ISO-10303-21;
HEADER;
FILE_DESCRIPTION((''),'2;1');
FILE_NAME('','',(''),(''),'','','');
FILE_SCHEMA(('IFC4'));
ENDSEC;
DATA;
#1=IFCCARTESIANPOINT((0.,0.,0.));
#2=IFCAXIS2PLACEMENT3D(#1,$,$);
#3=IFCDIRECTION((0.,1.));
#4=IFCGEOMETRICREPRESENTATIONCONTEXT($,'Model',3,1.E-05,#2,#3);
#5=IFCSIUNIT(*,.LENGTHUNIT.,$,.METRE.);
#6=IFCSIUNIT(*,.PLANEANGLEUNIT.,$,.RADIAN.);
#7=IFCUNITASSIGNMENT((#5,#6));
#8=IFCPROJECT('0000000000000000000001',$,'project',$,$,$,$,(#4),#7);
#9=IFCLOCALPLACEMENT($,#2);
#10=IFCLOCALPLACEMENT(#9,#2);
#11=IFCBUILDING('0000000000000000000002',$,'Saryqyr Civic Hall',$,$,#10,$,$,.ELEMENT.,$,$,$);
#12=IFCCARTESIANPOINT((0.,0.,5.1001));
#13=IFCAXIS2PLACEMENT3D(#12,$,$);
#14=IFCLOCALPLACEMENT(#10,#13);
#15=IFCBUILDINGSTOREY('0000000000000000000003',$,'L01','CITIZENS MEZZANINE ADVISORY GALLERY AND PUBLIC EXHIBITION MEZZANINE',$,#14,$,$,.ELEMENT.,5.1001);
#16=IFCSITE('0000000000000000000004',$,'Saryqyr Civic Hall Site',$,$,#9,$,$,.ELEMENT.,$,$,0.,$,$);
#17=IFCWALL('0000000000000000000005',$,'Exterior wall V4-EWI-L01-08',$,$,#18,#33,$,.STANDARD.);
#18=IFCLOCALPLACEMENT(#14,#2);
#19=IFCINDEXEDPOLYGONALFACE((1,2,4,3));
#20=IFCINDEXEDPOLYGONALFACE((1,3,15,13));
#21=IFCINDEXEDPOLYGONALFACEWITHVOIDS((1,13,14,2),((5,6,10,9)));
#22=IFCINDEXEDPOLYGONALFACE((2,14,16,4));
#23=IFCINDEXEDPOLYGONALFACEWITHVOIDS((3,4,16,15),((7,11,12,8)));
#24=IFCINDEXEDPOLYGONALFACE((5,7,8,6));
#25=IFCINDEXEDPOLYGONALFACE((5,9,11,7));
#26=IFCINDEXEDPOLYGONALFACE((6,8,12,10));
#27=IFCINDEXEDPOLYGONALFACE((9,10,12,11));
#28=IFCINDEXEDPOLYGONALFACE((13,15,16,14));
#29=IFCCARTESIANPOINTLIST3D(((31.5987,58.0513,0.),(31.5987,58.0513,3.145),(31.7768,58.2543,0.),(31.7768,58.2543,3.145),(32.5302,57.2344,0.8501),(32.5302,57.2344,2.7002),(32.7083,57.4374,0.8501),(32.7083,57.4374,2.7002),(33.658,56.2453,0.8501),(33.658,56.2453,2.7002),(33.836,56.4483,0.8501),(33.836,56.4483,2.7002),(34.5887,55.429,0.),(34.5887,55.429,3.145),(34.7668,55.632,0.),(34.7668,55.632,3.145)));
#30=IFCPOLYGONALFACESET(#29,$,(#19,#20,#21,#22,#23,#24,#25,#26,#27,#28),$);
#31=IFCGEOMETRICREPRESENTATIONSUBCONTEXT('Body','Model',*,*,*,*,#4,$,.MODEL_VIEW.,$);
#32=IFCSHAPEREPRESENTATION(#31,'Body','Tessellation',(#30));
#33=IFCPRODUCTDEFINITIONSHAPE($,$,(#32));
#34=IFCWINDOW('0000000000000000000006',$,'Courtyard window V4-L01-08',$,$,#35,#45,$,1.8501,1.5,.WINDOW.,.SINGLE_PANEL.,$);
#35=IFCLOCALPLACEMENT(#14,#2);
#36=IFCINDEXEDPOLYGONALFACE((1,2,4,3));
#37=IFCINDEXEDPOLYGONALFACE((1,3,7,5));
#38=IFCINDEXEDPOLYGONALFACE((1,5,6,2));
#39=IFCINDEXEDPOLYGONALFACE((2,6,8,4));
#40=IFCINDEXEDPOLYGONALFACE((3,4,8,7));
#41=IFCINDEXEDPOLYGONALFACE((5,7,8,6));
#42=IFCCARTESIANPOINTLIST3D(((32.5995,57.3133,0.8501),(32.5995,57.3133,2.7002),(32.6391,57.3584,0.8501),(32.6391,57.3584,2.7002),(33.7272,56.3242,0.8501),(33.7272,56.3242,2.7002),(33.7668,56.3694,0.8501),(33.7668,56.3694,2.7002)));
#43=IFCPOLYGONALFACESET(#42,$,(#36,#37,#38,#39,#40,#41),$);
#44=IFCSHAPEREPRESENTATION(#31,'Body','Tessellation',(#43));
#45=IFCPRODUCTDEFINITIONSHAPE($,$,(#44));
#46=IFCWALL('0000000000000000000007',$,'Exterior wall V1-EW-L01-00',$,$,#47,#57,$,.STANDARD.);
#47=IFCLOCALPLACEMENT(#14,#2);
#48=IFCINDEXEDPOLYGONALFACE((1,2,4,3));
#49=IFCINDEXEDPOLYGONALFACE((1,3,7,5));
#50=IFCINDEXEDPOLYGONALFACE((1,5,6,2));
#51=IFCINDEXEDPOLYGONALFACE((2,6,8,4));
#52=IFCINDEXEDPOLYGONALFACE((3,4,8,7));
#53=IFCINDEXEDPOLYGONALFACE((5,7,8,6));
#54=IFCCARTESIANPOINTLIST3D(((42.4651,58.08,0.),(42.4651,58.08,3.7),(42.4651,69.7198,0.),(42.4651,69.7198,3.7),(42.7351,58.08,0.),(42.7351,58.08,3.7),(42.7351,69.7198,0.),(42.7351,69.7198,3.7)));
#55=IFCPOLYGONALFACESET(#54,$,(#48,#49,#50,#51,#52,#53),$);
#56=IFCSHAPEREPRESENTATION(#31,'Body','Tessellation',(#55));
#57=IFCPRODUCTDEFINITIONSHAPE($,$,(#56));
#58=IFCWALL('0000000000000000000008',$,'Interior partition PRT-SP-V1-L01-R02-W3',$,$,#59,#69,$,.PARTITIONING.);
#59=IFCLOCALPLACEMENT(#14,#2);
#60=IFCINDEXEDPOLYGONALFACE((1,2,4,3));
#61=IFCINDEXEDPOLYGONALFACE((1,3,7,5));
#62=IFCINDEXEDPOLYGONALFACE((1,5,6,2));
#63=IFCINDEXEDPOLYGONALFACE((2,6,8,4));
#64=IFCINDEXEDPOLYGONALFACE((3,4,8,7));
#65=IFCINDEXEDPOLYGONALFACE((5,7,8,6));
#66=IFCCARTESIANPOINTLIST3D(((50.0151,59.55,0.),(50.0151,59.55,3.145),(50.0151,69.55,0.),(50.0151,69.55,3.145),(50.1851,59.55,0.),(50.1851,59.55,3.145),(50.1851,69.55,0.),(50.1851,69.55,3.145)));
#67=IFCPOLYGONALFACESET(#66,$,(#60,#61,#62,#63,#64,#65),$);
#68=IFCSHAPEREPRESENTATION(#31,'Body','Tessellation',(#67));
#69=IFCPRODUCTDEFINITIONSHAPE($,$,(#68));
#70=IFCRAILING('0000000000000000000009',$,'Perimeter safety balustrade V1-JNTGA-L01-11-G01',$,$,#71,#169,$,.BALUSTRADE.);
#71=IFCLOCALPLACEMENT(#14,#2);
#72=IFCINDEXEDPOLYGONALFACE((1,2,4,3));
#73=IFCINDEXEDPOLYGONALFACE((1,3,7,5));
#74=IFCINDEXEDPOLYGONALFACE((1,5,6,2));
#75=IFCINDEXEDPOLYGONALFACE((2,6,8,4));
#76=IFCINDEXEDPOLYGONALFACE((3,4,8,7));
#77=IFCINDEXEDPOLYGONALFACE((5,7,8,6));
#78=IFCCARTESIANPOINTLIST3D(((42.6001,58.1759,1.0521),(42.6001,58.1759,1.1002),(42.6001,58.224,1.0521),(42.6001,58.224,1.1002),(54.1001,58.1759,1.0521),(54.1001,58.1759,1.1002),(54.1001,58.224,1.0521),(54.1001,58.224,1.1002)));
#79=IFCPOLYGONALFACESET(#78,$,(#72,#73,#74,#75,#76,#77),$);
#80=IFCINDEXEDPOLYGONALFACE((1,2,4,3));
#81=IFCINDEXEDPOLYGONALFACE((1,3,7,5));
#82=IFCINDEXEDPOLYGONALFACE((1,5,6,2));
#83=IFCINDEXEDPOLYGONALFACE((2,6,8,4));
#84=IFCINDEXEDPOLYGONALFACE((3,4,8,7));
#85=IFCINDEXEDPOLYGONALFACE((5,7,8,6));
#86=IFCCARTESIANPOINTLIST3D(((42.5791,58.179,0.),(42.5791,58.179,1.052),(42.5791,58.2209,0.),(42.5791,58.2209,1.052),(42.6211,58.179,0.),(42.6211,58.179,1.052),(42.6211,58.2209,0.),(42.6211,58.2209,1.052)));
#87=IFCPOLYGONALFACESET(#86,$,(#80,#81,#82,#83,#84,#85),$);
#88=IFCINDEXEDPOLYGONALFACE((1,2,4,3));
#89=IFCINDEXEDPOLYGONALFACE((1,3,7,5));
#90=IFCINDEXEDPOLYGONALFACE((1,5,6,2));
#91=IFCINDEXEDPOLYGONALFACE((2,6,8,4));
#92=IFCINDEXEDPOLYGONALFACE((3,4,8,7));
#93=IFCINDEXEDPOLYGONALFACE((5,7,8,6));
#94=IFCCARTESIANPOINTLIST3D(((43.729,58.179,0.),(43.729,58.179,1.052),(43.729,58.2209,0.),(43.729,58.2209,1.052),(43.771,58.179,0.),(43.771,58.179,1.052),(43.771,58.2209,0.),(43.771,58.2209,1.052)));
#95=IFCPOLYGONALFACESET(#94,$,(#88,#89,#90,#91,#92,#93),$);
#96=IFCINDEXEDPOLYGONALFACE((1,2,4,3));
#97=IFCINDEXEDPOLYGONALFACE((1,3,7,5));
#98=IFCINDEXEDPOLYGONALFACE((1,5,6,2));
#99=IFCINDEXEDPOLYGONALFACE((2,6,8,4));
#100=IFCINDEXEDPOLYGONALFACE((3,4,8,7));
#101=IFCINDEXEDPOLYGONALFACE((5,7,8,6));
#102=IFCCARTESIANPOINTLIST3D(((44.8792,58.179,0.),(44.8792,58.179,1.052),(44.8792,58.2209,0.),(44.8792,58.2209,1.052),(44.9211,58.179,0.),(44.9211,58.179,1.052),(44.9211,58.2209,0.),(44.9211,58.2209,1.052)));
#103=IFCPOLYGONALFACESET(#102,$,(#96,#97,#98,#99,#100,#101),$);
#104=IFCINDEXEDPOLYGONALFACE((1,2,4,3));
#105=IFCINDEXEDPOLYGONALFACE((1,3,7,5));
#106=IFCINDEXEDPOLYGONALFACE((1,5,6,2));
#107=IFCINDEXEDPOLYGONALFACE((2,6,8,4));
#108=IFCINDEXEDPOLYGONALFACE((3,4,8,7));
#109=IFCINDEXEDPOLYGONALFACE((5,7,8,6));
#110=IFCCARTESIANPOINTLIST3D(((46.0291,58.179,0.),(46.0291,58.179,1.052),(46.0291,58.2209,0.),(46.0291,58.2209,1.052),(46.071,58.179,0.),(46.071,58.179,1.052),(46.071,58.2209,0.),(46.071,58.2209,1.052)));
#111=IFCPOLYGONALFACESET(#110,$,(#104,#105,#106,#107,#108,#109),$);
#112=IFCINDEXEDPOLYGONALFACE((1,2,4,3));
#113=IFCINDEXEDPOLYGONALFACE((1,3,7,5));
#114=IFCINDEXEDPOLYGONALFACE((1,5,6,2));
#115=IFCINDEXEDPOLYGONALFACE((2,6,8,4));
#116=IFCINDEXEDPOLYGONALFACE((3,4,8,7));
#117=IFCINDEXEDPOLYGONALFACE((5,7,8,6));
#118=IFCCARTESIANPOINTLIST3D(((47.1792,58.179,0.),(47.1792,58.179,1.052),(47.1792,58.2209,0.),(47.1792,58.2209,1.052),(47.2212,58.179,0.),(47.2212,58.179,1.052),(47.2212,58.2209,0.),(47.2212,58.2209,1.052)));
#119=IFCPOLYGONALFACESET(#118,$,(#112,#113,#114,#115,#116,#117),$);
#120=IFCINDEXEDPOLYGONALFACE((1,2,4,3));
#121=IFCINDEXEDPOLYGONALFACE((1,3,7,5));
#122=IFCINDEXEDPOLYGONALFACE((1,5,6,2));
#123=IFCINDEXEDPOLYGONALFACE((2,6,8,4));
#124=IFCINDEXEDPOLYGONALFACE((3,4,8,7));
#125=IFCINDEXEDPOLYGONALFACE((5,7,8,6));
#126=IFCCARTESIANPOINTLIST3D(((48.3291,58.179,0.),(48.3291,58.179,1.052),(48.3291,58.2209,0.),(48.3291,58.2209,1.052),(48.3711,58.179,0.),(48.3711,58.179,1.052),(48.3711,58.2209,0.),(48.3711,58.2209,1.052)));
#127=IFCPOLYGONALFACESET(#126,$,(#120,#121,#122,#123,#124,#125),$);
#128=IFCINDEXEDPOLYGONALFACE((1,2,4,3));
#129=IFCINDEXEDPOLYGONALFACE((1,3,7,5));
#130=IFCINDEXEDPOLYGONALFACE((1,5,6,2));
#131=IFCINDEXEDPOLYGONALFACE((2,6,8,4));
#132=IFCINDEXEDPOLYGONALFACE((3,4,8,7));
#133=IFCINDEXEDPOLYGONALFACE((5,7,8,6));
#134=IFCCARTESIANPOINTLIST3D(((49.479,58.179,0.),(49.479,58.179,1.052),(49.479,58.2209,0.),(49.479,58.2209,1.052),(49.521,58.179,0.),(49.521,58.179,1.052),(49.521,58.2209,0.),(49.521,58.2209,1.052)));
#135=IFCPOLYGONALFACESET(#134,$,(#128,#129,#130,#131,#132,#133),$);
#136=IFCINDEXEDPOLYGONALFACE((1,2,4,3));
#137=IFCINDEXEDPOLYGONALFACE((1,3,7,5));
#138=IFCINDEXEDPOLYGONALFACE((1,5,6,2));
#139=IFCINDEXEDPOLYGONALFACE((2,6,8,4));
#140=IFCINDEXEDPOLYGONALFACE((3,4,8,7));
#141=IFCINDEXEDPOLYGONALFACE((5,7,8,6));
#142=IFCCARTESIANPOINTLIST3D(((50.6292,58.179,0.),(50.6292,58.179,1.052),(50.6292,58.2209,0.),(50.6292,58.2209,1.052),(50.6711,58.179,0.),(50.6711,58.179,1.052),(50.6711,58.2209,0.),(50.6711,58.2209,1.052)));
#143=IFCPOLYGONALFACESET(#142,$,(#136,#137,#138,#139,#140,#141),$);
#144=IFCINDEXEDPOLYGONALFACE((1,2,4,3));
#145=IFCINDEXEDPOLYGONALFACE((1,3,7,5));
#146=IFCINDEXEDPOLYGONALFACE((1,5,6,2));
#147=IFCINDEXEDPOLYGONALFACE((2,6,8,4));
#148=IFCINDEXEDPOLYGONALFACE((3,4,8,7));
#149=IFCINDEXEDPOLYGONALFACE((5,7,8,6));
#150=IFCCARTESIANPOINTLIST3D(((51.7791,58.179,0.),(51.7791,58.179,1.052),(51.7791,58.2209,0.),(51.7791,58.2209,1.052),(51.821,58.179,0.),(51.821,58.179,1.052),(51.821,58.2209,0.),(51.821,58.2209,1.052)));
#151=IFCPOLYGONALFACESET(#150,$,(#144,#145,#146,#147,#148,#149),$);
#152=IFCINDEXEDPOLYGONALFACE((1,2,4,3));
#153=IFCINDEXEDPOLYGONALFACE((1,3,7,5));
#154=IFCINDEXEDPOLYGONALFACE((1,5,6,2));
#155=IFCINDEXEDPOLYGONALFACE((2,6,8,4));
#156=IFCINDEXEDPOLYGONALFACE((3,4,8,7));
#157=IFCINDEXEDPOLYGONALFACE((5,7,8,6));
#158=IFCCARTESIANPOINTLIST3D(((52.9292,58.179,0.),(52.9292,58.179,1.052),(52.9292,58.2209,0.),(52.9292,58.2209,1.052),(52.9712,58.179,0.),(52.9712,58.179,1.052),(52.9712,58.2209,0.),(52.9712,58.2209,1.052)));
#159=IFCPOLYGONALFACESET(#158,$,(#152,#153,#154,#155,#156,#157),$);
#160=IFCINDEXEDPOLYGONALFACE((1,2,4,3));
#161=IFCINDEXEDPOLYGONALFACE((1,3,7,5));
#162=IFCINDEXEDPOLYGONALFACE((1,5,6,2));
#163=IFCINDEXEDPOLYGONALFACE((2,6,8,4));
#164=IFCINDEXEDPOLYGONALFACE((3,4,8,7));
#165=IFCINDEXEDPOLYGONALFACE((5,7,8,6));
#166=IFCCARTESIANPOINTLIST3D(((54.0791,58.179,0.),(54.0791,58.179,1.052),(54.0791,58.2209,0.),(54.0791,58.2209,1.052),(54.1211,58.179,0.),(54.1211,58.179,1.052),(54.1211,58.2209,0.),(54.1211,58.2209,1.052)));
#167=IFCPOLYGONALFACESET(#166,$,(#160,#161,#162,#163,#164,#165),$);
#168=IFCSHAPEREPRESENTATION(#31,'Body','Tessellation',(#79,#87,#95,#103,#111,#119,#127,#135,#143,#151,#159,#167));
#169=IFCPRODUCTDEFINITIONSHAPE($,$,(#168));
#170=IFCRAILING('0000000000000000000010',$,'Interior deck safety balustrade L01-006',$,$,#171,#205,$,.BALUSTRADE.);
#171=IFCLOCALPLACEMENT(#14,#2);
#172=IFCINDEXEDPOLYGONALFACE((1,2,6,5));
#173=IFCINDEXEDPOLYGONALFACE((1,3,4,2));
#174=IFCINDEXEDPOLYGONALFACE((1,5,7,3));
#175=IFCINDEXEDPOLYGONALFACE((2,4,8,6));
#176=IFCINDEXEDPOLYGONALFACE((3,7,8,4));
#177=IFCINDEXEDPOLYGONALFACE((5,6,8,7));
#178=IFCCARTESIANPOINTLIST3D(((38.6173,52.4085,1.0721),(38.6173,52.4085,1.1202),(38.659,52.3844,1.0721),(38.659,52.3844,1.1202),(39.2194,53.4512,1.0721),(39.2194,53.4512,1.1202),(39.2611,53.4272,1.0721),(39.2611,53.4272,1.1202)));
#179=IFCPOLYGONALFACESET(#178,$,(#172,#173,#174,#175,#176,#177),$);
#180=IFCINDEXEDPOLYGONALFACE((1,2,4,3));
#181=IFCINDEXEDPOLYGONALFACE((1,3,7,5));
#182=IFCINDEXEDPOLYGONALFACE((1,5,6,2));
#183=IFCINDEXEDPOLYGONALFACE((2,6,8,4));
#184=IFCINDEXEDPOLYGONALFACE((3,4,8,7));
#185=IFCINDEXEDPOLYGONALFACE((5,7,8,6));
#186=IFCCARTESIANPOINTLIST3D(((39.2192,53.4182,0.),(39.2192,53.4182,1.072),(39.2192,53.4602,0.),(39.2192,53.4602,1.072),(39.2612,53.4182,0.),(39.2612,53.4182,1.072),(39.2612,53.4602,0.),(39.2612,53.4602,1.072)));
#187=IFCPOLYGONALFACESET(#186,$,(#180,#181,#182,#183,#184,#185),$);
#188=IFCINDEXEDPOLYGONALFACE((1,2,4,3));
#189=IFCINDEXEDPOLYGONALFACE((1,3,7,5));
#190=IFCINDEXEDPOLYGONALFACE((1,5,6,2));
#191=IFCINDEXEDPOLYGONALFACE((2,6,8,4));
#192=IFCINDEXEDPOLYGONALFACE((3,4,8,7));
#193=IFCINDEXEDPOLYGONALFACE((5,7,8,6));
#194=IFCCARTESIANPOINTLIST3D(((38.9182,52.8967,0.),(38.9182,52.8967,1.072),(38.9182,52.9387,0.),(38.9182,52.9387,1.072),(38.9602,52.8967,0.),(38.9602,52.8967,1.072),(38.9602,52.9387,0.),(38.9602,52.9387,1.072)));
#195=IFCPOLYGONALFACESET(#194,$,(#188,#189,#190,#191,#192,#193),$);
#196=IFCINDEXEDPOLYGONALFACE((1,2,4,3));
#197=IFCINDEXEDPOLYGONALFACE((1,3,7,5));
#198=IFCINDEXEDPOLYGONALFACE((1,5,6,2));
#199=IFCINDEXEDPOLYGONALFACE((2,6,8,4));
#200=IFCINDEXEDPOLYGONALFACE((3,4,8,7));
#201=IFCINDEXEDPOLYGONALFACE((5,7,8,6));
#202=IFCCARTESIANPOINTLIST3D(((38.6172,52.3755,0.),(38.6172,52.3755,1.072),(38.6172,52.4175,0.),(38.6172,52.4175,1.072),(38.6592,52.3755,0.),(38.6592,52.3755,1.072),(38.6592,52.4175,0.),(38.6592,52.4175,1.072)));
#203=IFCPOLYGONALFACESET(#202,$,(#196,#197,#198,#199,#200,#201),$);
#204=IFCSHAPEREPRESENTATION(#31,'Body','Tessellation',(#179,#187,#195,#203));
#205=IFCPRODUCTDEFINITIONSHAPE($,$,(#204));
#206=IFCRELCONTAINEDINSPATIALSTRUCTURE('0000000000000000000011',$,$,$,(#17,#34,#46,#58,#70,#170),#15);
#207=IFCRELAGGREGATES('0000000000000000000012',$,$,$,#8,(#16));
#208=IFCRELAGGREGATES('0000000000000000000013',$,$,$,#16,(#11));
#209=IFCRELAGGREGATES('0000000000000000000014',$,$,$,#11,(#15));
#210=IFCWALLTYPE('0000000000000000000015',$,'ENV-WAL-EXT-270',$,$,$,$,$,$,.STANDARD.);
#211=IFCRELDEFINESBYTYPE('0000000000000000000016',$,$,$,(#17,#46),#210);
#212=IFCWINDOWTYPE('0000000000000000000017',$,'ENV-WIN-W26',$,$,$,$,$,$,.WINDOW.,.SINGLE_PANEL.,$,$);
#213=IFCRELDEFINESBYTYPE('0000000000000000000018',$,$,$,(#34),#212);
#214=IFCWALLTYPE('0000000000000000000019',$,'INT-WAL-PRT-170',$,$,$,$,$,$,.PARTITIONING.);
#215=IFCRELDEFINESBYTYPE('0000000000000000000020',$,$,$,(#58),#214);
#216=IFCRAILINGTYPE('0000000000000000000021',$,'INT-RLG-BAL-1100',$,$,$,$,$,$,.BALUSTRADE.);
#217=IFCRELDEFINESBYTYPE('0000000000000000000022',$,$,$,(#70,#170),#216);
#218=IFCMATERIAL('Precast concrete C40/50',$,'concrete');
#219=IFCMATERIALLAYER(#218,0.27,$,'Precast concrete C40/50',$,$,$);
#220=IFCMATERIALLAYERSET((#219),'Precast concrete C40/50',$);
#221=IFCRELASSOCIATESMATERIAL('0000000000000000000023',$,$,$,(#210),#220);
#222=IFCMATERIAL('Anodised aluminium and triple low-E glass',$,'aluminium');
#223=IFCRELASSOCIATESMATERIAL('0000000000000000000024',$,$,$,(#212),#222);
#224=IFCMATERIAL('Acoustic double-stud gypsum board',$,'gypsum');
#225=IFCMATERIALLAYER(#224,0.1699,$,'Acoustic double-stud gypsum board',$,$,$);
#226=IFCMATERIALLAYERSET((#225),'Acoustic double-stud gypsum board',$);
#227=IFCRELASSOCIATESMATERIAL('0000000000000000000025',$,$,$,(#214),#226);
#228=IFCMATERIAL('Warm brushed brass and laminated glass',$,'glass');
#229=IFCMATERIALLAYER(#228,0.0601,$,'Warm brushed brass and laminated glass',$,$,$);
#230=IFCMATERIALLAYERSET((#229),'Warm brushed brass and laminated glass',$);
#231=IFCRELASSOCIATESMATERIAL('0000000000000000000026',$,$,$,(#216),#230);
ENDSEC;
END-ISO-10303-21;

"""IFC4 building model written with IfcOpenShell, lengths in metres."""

from ifc_helpers import new_model, si_unit, direction, frame, frame_2d, origin, origin_2d, place, context, subcontext, project, spatial, rectangle, extrude, material, layer, layer_set, type_object, element, fill, save


model = new_model("IFC4")

# Units and contexts
model_context = context("Model", 3, precision=1e-05, world=origin(), true_north=direction((0.0, 1.0)))
body_context = subcontext(model_context, "Body", "Model", "MODEL_VIEW")
ifc_project = project(units=[si_unit("LENGTHUNIT", "METRE"), si_unit("PLANEANGLEUNIT", "RADIAN")], contexts=[model_context])

# Site, building, storey
site_placement = place(None, origin())
site = spatial("IfcSite", under=ifc_project, at=site_placement, Name="Saryqyr Civic Hall Site", CompositionType="ELEMENT", RefElevation=0.0)
building_placement = place(site_placement, origin())
building = spatial("IfcBuilding", under=site, at=building_placement, Name="Saryqyr Civic Hall", CompositionType="ELEMENT")
storey_placement = place(building_placement, frame((0.0, 0.0, 5.1001)))
storey = spatial("IfcBuildingStorey", under=building, at=storey_placement, Name="L01", Description="CITIZENS MEZZANINE ADVISORY GALLERY AND PUBLIC EXHIBITION MEZZANINE", CompositionType="ELEMENT", Elevation=5.1001)

# Shared definitions
ifc_material_1 = material(Name="Anodised aluminium and triple low-E glass", Category="aluminium")

# Wall, opening, window
ifc_material_2 = material(Name="Precast concrete C40/50", Category="concrete")
ifc_layer_1 = layer(ifc_material_2, 0.27, Name="Precast concrete C40/50")
ifc_layer_set_1 = layer_set([ifc_layer_1], Name="Precast concrete C40/50")
wall_type_1 = type_object("IfcWallType", Name="ENV-WAL-EXT-270", PredefinedType="STANDARD", material=ifc_layer_set_1)
wall_1_placement = place(storey_placement, frame((31.6877, 58.1528, 0.0), z_axis=(0.0, 0.0, 1.0), x_axis=(0.751819, -0.659369, 0.0)))
wall_1 = element("IfcWall", 1, at=wall_1_placement, inside=storey, type_object=wall_type_1, Name="Exterior wall V4-EWI-L01-08", PredefinedType="STANDARD", context=body_context, shape_type="SweptSolid", body=[
    extrude(rectangle(XDim=3.9771, YDim=0.27, at=frame_2d((1.9885, 0.0))), origin(), (0.0, 0.0, 1.0), 3.145),
])
opening_placement = place(wall_1_placement, frame((1.239, 0.0, 0.8501)))
opening = element("IfcOpeningElement", 2, at=opening_placement, cuts=wall_1, PredefinedType="OPENING", context=body_context, shape_type="SweptSolid", body=[
    extrude(rectangle(XDim=1.5, YDim=1.8501, at=frame_2d((0.75, 0.925))), frame((0.0, 0.145, 0.0), z_axis=(0.0, -1.0, 0.0), x_axis=(1.0, 0.0, 0.0)), (0.0, 0.0, 1.0), 0.29),
])
window_type = type_object("IfcWindowType", Name="ENV-WIN-W26", PartitioningType="SINGLE_PANEL", PredefinedType="WINDOW", material=ifc_material_1)
window_placement = place(opening_placement, origin())
window = element("IfcWindow", 3, at=window_placement, inside=storey, type_object=window_type, Name="Courtyard window V4-L01-08", OverallHeight=1.8501, OverallWidth=1.5, PartitioningType="SINGLE_PANEL", PredefinedType="WINDOW", context=body_context, shape_type="SweptSolid", body=[
    extrude(rectangle(XDim=1.5, YDim=1.8501, at=frame_2d((0.75, 0.925))), frame((0.0, 0.03, 0.0), z_axis=(0.0, -1.0, 0.0), x_axis=(1.0, 0.0, 0.0)), (0.0, 0.0, 1.0), 0.0601),
])
fill(opening, window)

# Walls
wall_2_placement = place(storey_placement, frame((42.6001, 58.0801, 0.0), z_axis=(0.0, 0.0, 1.0), x_axis=(0.0, 1.0, 0.0)))
element("IfcWall", 4, at=wall_2_placement, inside=storey, type_object=wall_type_1, Name="Exterior wall V1-EW-L01-00", PredefinedType="STANDARD", context=body_context, shape_type="SweptSolid", body=[
    extrude(rectangle(XDim=11.6399, YDim=0.27, at=frame_2d((5.8198, 0.0))), origin(), (0.0, 0.0, 1.0), 3.7),
])
ifc_material_3 = material(Name="Acoustic double-stud gypsum board", Category="gypsum")
ifc_layer_2 = layer(ifc_material_3, 0.1699, Name="Acoustic double-stud gypsum board")
ifc_layer_set_2 = layer_set([ifc_layer_2], Name="Acoustic double-stud gypsum board")
wall_type_2 = type_object("IfcWallType", Name="INT-WAL-PRT-170", PredefinedType="PARTITIONING", material=ifc_layer_set_2)
wall_3_placement = place(storey_placement, frame((50.1001, 59.55, 0.0), z_axis=(0.0, 0.0, 1.0), x_axis=(0.0, 1.0, 0.0)))
element("IfcWall", 5, at=wall_3_placement, inside=storey, type_object=wall_type_2, Name="Interior partition PRT-SP-V1-L01-R02-W3", PredefinedType="PARTITIONING", context=body_context, shape_type="SweptSolid", body=[
    extrude(rectangle(XDim=10.0, YDim=0.1699, at=frame_2d((5.0, 0.0))), origin(), (0.0, 0.0, 1.0), 3.145),
])

# Railings
ifc_material_4 = material(Name="Warm brushed brass and laminated glass", Category="glass")
ifc_layer_3 = layer(ifc_material_4, 0.0601, Name="Warm brushed brass and laminated glass")
ifc_layer_set_3 = layer_set([ifc_layer_3], Name="Warm brushed brass and laminated glass")
railing_type = type_object("IfcRailingType", Name="INT-RLG-BAL-1100", PredefinedType="BALUSTRADE", material=ifc_layer_set_3)
railing_1_placement = place(storey_placement, frame((42.6001, 58.2, 0.0)))
element("IfcRailing", 6, at=railing_1_placement, inside=storey, type_object=railing_type, Name="Perimeter safety balustrade V1-JNTGA-L01-11-G01", PredefinedType="BALUSTRADE", context=body_context, shape_type="SweptSolid", body=[
    extrude(rectangle(XDim=0.0481, YDim=0.0481, at=origin_2d()), frame((0.0, 0.0, 1.0762), z_axis=(1.0, 0.0, 0.0), x_axis=(0.0, 1.0, 0.0)), (0.0, 0.0, 1.0), 11.5),
    extrude(rectangle(XDim=0.042, YDim=0.042, at=origin_2d()), origin(), (0.0, 0.0, 1.0), 1.052),
    extrude(rectangle(XDim=0.042, YDim=0.042, at=origin_2d()), frame((1.1499, 0.0, 0.0)), (0.0, 0.0, 1.0), 1.052),
    extrude(rectangle(XDim=0.042, YDim=0.042, at=origin_2d()), frame((2.3, 0.0, 0.0)), (0.0, 0.0, 1.0), 1.052),
    extrude(rectangle(XDim=0.042, YDim=0.042, at=origin_2d()), frame((3.45, 0.0, 0.0)), (0.0, 0.0, 1.0), 1.052),
    extrude(rectangle(XDim=0.042, YDim=0.042, at=origin_2d()), frame((4.6001, 0.0, 0.0)), (0.0, 0.0, 1.0), 1.052),
    extrude(rectangle(XDim=0.042, YDim=0.042, at=origin_2d()), frame((5.75, 0.0, 0.0)), (0.0, 0.0, 1.0), 1.052),
    extrude(rectangle(XDim=0.042, YDim=0.042, at=origin_2d()), frame((6.8999, 0.0, 0.0)), (0.0, 0.0, 1.0), 1.052),
    extrude(rectangle(XDim=0.042, YDim=0.042, at=origin_2d()), frame((8.05, 0.0, 0.0)), (0.0, 0.0, 1.0), 1.052),
    extrude(rectangle(XDim=0.042, YDim=0.042, at=origin_2d()), frame((9.2, 0.0, 0.0)), (0.0, 0.0, 1.0), 1.052),
    extrude(rectangle(XDim=0.042, YDim=0.042, at=origin_2d()), frame((10.3501, 0.0, 0.0)), (0.0, 0.0, 1.0), 1.052),
    extrude(rectangle(XDim=0.042, YDim=0.042, at=origin_2d()), frame((11.5, 0.0, 0.0)), (0.0, 0.0, 1.0), 1.052),
])
railing_2_placement = place(storey_placement, frame((39.2402, 53.4392, 0.0)))
element("IfcRailing", 7, at=railing_2_placement, inside=storey, type_object=railing_type, Name="Interior deck safety balustrade L01-006", PredefinedType="BALUSTRADE", context=body_context, shape_type="SweptSolid", body=[
    extrude(rectangle(XDim=0.0481, YDim=0.0481, at=origin_2d()), frame((0.0, 0.0, 1.0962), z_axis=(-0.500021, -0.866013, 0.0), x_axis=(0.866013, -0.500021, 0.0)), (0.0, 0.0, 1.0), 1.2041),
    extrude(rectangle(XDim=0.042, YDim=0.042, at=origin_2d()), origin(), (0.0, 0.0, 1.0), 1.072),
    extrude(rectangle(XDim=0.042, YDim=0.042, at=origin_2d()), frame((-0.301, -0.5215, 0.0)), (0.0, 0.0, 1.0), 1.072),
    extrude(rectangle(XDim=0.042, YDim=0.042, at=origin_2d()), frame((-0.6021, -1.0427, 0.0)), (0.0, 0.0, 1.0), 1.072),
])

save(model, "model.ifc")
